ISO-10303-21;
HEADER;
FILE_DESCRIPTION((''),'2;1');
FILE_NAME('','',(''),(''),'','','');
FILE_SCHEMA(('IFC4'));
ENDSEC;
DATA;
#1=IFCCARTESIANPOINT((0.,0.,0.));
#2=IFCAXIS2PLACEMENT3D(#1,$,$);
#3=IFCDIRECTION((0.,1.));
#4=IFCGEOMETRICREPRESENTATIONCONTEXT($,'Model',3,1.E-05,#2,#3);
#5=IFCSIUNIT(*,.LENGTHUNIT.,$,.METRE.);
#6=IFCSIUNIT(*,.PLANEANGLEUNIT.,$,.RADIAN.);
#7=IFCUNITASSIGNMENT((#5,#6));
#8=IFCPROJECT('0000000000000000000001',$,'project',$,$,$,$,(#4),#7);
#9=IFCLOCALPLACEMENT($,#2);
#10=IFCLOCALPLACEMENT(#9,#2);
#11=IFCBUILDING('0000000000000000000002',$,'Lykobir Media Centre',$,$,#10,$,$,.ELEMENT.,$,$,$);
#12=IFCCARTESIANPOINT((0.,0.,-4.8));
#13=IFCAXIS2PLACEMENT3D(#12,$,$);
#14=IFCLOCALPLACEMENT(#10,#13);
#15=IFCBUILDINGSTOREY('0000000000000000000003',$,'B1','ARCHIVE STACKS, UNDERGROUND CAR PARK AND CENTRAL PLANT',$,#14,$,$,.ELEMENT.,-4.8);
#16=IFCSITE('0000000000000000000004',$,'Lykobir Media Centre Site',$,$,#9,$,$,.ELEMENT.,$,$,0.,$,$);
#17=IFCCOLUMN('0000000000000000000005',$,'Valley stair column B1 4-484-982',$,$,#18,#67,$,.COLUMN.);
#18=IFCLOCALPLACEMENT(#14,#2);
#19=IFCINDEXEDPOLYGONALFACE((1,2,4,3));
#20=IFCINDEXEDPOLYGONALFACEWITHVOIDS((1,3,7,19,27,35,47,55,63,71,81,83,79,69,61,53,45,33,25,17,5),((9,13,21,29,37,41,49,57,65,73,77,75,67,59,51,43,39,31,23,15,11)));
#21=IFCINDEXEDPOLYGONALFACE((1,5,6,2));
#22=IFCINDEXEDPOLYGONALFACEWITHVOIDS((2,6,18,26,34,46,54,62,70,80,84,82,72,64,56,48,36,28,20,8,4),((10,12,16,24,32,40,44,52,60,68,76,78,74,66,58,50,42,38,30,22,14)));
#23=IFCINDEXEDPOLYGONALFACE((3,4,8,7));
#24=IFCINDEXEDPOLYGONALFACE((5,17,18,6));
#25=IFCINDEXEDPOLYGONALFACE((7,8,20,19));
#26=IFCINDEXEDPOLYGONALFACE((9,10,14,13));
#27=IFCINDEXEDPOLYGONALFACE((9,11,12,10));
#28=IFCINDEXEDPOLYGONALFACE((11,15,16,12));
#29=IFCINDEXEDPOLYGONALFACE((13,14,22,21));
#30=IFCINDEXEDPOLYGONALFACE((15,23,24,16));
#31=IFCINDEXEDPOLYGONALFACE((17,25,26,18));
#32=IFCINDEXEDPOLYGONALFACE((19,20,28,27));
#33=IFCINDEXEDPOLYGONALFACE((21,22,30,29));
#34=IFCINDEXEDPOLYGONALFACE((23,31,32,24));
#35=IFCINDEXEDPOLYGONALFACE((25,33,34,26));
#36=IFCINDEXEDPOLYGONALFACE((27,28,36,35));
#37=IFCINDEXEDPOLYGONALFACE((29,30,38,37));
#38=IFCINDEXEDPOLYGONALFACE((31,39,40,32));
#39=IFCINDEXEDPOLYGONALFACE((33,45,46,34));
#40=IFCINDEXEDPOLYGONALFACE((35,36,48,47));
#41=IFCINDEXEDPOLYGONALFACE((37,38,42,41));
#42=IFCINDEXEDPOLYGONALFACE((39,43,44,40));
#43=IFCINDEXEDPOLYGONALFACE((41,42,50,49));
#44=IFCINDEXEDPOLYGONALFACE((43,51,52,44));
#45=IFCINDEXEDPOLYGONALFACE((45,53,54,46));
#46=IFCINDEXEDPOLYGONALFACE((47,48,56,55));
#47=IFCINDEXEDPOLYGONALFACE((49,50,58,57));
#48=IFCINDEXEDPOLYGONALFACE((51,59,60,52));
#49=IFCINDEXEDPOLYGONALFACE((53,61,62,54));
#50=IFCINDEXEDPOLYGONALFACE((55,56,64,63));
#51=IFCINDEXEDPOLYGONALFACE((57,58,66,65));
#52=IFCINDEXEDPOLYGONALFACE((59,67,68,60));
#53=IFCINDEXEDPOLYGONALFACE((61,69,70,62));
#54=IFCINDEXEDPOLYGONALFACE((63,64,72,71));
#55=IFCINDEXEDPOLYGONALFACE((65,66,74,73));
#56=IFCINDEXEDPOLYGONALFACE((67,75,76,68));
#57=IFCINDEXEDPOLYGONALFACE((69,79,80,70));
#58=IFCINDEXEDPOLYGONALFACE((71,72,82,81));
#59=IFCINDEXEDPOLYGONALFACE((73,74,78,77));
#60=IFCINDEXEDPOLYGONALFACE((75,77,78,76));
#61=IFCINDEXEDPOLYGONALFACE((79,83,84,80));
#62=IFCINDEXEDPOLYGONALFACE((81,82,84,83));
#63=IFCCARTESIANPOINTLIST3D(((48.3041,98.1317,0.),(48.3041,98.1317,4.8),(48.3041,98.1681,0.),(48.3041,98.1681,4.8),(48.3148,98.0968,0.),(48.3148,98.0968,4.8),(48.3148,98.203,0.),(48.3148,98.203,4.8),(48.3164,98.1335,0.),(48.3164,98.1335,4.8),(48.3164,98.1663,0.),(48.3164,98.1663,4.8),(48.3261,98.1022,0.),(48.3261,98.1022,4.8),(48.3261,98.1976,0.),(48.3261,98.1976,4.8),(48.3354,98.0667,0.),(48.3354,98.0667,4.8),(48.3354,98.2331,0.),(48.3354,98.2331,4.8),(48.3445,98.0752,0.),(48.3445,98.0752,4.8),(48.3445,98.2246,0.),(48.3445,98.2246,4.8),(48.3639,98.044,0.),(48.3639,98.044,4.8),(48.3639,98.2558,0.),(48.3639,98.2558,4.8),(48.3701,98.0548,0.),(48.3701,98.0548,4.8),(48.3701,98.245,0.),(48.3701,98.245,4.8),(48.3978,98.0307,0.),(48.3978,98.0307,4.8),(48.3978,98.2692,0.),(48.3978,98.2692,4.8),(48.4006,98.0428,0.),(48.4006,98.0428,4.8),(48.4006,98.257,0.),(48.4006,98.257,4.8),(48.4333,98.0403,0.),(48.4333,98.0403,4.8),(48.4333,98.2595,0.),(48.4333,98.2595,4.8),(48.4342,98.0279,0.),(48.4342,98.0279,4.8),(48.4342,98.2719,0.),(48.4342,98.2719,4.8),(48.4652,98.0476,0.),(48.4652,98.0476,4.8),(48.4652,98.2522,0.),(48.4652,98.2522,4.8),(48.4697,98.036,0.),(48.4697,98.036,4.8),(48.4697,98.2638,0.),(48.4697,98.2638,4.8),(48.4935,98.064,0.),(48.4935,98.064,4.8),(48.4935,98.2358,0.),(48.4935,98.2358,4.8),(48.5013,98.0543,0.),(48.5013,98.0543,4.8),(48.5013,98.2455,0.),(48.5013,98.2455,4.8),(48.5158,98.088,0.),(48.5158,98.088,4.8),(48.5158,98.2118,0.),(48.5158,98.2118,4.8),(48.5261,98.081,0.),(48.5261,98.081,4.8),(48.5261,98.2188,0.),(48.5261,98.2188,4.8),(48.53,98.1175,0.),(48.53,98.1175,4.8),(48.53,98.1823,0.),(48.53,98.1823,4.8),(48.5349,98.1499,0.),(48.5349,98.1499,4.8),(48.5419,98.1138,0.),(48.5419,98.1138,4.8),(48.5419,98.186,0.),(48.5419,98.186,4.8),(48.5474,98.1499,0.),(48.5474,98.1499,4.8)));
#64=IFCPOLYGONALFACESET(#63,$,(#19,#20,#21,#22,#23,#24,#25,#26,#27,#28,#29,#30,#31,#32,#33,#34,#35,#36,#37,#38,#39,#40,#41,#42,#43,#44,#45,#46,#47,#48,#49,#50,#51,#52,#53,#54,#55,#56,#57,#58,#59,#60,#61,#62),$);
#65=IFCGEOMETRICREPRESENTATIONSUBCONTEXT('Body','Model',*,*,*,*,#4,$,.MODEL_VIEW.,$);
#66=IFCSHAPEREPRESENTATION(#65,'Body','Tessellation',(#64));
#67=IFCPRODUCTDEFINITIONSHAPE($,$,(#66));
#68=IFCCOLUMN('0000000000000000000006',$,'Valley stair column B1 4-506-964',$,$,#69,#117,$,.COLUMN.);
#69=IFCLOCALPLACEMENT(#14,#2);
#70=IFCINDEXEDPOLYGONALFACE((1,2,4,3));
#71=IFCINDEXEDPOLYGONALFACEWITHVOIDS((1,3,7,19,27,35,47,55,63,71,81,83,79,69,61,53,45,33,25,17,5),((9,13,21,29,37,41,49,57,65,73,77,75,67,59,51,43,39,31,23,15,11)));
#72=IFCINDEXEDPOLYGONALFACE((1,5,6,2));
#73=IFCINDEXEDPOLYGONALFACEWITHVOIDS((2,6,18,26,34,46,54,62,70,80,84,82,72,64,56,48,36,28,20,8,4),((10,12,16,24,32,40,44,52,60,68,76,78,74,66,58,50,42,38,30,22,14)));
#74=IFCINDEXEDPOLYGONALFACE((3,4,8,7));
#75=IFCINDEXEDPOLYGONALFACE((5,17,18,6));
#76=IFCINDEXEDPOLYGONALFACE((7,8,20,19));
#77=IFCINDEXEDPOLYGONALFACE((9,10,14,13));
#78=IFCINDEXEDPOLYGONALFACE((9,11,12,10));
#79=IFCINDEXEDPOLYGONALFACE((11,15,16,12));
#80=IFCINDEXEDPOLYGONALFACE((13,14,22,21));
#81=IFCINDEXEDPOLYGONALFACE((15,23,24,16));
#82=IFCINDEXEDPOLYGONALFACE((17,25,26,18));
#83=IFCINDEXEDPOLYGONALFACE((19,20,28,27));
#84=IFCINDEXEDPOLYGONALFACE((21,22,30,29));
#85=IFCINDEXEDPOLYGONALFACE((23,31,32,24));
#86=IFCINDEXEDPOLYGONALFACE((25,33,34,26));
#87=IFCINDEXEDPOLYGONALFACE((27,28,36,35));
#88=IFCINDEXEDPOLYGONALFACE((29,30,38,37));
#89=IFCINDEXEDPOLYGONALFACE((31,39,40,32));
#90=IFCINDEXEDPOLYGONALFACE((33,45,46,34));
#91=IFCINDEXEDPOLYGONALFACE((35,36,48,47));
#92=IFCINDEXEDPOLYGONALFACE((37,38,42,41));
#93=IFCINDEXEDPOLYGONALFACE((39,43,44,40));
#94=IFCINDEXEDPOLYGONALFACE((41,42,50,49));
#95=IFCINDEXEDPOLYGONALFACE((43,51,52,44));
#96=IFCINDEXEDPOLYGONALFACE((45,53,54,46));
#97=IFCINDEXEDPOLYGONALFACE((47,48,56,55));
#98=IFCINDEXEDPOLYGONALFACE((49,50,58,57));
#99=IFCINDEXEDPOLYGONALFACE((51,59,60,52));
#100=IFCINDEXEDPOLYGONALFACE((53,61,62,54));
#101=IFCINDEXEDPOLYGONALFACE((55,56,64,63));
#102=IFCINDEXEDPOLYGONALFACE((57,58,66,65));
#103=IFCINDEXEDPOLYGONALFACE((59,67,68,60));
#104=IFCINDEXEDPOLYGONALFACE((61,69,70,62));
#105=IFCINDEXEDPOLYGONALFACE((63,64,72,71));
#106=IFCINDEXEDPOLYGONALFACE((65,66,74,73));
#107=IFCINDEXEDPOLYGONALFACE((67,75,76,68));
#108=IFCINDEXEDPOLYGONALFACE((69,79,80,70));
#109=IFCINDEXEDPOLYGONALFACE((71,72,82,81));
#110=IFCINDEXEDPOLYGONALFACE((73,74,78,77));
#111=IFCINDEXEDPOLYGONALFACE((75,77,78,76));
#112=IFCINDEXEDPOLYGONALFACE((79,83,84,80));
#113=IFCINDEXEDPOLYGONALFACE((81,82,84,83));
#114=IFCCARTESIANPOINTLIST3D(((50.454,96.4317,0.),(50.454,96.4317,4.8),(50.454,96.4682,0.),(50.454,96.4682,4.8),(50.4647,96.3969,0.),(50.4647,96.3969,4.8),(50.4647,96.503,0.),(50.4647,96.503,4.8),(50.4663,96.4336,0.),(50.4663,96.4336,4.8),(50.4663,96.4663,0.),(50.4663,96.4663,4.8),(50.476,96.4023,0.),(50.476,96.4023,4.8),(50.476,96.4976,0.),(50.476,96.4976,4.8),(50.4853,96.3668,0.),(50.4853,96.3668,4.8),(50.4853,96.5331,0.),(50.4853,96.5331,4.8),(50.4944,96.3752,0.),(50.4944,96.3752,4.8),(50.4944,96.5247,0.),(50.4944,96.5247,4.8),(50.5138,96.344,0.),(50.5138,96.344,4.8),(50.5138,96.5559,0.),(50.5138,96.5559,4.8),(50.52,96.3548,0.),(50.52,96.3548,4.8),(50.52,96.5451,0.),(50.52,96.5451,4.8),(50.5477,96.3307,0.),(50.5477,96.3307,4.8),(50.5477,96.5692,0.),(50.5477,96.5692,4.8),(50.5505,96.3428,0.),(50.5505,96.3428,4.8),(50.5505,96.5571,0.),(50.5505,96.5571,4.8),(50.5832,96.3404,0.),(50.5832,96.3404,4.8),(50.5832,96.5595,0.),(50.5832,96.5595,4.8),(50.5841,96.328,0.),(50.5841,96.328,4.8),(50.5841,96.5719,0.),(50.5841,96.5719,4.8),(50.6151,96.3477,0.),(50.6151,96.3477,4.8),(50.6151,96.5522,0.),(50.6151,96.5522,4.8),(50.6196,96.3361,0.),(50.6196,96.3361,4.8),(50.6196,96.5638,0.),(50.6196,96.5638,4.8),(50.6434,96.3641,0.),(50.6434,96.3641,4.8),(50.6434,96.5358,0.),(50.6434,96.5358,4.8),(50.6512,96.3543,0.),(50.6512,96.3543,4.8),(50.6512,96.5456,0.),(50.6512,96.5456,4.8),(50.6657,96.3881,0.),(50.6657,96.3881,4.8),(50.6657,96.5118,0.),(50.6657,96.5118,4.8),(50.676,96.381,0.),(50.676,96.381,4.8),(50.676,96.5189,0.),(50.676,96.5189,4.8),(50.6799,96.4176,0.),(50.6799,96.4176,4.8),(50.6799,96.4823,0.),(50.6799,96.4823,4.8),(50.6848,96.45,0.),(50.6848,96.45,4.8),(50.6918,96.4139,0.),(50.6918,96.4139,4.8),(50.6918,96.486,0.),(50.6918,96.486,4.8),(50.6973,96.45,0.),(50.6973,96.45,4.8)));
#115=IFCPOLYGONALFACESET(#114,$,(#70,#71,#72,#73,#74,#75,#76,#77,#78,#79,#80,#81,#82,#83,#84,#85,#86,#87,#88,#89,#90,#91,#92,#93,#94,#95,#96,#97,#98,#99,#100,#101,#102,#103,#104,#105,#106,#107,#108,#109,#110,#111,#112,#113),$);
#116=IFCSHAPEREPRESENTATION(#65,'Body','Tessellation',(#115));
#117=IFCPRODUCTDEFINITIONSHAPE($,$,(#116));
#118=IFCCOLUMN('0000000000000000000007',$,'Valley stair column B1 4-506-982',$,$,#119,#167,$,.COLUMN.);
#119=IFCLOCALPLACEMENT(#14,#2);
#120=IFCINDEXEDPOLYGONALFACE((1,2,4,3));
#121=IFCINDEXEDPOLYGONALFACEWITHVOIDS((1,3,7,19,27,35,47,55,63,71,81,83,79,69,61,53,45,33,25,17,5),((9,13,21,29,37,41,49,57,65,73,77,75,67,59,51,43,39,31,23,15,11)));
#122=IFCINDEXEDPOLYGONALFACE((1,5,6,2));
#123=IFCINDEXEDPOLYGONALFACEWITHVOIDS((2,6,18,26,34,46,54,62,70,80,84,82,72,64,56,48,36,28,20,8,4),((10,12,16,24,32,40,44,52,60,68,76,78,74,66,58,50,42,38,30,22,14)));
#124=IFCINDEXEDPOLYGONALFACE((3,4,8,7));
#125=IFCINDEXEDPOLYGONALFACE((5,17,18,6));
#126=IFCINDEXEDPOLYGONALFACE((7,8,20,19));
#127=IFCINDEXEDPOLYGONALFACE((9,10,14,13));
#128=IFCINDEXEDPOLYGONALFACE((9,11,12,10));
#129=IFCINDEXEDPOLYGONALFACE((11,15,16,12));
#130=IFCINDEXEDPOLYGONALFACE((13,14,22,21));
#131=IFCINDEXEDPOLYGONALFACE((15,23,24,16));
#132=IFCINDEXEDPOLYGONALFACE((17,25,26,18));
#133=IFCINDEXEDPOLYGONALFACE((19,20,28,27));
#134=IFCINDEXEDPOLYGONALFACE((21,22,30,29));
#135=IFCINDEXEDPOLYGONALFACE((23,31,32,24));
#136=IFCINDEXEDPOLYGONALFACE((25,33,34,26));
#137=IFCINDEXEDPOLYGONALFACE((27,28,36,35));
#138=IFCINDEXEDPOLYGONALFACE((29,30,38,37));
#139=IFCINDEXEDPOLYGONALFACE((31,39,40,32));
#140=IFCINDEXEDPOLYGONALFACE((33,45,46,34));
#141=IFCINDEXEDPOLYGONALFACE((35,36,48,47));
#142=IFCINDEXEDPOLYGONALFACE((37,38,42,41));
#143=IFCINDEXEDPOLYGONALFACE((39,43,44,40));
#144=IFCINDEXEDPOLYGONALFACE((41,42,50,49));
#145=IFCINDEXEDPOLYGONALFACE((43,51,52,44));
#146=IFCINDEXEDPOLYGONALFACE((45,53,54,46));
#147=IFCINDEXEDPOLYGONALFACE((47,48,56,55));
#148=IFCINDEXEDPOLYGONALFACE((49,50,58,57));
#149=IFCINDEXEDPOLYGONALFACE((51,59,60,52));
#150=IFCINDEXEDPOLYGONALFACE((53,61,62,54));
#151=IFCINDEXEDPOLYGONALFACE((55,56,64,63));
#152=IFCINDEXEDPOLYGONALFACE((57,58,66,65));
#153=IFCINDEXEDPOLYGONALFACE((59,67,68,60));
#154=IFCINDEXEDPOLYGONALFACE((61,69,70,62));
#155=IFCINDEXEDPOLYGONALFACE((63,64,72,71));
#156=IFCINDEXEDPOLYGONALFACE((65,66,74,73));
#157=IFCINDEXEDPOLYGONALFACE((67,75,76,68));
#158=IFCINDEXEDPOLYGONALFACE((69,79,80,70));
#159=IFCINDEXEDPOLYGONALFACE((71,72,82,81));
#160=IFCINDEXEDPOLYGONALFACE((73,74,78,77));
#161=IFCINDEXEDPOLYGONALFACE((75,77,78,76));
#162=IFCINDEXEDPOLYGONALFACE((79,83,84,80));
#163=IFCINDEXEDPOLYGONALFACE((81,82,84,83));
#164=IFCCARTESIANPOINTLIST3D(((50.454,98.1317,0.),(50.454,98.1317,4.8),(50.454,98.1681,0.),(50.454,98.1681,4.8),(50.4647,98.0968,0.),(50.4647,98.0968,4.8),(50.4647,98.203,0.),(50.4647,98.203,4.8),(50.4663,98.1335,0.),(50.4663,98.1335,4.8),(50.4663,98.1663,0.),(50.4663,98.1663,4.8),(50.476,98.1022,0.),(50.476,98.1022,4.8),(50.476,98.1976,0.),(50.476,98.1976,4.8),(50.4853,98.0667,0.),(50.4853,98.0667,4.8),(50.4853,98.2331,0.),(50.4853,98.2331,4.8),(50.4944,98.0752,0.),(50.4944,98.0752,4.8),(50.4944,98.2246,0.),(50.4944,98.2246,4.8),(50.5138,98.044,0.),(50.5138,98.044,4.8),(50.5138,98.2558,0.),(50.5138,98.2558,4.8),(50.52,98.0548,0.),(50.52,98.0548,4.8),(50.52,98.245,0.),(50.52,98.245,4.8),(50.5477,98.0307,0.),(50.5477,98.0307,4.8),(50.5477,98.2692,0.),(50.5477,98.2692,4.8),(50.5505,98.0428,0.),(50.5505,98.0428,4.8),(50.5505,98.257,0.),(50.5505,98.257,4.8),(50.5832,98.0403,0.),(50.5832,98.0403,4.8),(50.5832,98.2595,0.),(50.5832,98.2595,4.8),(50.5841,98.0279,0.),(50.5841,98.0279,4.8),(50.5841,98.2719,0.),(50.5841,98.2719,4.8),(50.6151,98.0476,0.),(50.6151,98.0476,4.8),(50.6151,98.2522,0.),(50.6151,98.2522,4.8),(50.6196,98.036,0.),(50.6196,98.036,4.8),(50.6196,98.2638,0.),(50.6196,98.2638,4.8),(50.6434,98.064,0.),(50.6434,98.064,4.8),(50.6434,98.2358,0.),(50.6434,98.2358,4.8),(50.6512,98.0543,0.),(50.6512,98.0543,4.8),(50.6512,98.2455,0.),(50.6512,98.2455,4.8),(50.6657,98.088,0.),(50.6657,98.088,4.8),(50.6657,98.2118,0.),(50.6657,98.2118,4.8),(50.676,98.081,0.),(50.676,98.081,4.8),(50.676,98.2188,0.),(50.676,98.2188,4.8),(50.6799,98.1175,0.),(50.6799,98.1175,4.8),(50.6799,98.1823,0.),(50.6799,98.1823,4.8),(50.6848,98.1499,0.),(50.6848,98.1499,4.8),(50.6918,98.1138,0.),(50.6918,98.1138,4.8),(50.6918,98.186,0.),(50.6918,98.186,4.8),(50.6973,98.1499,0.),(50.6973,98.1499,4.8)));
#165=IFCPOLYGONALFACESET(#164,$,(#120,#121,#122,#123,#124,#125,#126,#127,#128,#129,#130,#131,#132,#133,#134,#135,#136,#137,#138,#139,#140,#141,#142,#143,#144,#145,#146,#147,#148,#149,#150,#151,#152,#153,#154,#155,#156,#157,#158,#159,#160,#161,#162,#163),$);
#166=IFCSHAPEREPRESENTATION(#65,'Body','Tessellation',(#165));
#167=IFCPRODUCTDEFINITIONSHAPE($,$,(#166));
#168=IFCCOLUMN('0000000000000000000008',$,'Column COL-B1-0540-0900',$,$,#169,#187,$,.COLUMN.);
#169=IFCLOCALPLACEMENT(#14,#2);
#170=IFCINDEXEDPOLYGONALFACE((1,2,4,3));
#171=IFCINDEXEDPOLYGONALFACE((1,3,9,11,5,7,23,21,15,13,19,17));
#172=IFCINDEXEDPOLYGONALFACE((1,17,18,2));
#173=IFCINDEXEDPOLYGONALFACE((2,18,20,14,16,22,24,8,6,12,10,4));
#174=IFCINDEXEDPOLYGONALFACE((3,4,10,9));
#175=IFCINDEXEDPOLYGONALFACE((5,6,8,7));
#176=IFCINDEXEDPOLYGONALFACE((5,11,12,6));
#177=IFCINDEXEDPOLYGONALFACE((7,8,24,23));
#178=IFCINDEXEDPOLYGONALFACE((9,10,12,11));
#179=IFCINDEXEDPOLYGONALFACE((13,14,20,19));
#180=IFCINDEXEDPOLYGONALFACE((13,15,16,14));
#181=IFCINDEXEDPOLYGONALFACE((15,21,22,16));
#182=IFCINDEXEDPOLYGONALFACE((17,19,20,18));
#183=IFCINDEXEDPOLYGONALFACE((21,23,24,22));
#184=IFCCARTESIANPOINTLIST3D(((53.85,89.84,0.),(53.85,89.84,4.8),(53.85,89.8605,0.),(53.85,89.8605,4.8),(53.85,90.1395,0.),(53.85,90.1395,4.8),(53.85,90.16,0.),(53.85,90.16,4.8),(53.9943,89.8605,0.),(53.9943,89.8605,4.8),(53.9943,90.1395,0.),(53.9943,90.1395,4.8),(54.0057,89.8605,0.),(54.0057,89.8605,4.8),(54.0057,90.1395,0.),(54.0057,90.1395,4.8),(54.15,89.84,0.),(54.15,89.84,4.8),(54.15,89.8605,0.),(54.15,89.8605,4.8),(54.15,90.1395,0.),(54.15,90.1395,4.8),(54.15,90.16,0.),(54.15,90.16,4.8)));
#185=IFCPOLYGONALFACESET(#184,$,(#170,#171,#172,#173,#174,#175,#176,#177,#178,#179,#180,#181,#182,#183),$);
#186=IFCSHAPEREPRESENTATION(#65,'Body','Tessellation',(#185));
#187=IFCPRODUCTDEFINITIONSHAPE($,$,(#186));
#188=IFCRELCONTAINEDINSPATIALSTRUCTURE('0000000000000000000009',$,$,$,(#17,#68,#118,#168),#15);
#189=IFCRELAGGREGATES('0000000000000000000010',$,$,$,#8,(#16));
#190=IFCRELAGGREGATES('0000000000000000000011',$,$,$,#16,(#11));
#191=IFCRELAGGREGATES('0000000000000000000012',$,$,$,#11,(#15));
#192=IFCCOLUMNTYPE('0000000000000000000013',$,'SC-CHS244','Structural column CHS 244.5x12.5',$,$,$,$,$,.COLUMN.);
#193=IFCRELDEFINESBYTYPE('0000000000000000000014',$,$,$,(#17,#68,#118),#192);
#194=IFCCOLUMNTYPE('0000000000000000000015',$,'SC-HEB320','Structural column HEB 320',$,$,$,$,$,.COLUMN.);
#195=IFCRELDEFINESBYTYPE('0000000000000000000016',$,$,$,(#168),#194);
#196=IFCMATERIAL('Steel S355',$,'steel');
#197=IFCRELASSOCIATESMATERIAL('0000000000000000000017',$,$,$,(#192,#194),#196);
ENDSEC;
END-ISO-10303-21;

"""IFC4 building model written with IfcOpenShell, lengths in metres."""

from ifc_helpers import new_model, si_unit, direction, frame, origin, origin_2d, place, context, subcontext, project, spatial, hollow_circle, i_section, extrude, material, material_profile, profile_set, type_object, element, save


model = new_model("IFC4")

# Units and contexts
model_context = context("Model", 3, precision=1e-05, world=origin(), true_north=direction((0.0, 1.0)))
body_context = subcontext(model_context, "Body", "Model", "MODEL_VIEW")
ifc_project = project(units=[si_unit("LENGTHUNIT", "METRE"), si_unit("PLANEANGLEUNIT", "RADIAN")], contexts=[model_context])

# Site, building, storey
site_placement = place(None, origin())
site = spatial("IfcSite", under=ifc_project, at=site_placement, Name="Lykobir Media Centre Site", CompositionType="ELEMENT", RefElevation=0.0)
building_placement = place(site_placement, origin())
building = spatial("IfcBuilding", under=site, at=building_placement, Name="Lykobir Media Centre", CompositionType="ELEMENT")
storey_placement = place(building_placement, frame((0.0, 0.0, -4.8)))
storey = spatial("IfcBuildingStorey", under=building, at=storey_placement, Name="B1", Description="ARCHIVE STACKS, UNDERGROUND CAR PARK AND CENTRAL PLANT", CompositionType="ELEMENT", Elevation=-4.8)

# Columns
ifc_material_1 = material(Name="Steel S355", Category="steel")
ifc_material_profile_1 = material_profile(ifc_material_1, hollow_circle(Radius=0.1223, WallThickness=0.0125, at=origin_2d()), Name="CHS 244.5x12.5")
ifc_profile_set_1 = profile_set([ifc_material_profile_1], Name="Steel S355")
column_type_1 = type_object("IfcColumnType", Name="SC-CHS244", Description="Structural column CHS 244.5x12.5", PredefinedType="COLUMN", material=ifc_profile_set_1)
for number, where, z_axis, x_axis, name in (
    (1, (48.425, 98.1499, 0.0), (0.0, 0.0, 1.0), (1.0, 0.0, 0.0), "Valley stair column B1 4-484-982"),
    (2, (50.575, 96.45, 0.0), (0.0, 0.0, 1.0), (1.0, 0.0, 0.0), "Valley stair column B1 4-506-964"),
    (3, (50.575, 98.1499, 0.0), (0.0, 0.0, 1.0), (1.0, 0.0, 0.0), "Valley stair column B1 4-506-982"),
):
    element("IfcColumn", number, at=place(storey_placement, frame(where, z_axis=z_axis, x_axis=x_axis)), inside=storey, type_object=column_type_1, Name=name, PredefinedType="COLUMN", context=body_context, shape_type="SweptSolid", body=[
        extrude(hollow_circle(Radius=0.1223, WallThickness=0.0125, at=origin_2d()), origin(), (0.0, 0.0, 1.0), 4.8),
    ])
ifc_material_profile_2 = material_profile(ifc_material_1, i_section(OverallWidth=0.3, OverallDepth=0.3201, WebThickness=0.0115, FlangeThickness=0.0205, at=origin_2d()), Name="HEB 320")
ifc_profile_set_2 = profile_set([ifc_material_profile_2], Name="Steel S355")
column_type_2 = type_object("IfcColumnType", Name="SC-HEB320", Description="Structural column HEB 320", PredefinedType="COLUMN", material=ifc_profile_set_2)
column_placement = place(storey_placement, frame((54.0, 90.0, 0.0), z_axis=(0.0, 0.0, 1.0), x_axis=(1.0, 0.0, 0.0)))
element("IfcColumn", 4, at=column_placement, inside=storey, type_object=column_type_2, Name="Column COL-B1-0540-0900", PredefinedType="COLUMN", context=body_context, shape_type="SweptSolid", body=[
    extrude(i_section(OverallWidth=0.3, OverallDepth=0.3201, WebThickness=0.0115, FlangeThickness=0.0205, at=origin_2d()), origin(), (0.0, 0.0, 1.0), 4.8),
])

save(model, "model.ifc")
